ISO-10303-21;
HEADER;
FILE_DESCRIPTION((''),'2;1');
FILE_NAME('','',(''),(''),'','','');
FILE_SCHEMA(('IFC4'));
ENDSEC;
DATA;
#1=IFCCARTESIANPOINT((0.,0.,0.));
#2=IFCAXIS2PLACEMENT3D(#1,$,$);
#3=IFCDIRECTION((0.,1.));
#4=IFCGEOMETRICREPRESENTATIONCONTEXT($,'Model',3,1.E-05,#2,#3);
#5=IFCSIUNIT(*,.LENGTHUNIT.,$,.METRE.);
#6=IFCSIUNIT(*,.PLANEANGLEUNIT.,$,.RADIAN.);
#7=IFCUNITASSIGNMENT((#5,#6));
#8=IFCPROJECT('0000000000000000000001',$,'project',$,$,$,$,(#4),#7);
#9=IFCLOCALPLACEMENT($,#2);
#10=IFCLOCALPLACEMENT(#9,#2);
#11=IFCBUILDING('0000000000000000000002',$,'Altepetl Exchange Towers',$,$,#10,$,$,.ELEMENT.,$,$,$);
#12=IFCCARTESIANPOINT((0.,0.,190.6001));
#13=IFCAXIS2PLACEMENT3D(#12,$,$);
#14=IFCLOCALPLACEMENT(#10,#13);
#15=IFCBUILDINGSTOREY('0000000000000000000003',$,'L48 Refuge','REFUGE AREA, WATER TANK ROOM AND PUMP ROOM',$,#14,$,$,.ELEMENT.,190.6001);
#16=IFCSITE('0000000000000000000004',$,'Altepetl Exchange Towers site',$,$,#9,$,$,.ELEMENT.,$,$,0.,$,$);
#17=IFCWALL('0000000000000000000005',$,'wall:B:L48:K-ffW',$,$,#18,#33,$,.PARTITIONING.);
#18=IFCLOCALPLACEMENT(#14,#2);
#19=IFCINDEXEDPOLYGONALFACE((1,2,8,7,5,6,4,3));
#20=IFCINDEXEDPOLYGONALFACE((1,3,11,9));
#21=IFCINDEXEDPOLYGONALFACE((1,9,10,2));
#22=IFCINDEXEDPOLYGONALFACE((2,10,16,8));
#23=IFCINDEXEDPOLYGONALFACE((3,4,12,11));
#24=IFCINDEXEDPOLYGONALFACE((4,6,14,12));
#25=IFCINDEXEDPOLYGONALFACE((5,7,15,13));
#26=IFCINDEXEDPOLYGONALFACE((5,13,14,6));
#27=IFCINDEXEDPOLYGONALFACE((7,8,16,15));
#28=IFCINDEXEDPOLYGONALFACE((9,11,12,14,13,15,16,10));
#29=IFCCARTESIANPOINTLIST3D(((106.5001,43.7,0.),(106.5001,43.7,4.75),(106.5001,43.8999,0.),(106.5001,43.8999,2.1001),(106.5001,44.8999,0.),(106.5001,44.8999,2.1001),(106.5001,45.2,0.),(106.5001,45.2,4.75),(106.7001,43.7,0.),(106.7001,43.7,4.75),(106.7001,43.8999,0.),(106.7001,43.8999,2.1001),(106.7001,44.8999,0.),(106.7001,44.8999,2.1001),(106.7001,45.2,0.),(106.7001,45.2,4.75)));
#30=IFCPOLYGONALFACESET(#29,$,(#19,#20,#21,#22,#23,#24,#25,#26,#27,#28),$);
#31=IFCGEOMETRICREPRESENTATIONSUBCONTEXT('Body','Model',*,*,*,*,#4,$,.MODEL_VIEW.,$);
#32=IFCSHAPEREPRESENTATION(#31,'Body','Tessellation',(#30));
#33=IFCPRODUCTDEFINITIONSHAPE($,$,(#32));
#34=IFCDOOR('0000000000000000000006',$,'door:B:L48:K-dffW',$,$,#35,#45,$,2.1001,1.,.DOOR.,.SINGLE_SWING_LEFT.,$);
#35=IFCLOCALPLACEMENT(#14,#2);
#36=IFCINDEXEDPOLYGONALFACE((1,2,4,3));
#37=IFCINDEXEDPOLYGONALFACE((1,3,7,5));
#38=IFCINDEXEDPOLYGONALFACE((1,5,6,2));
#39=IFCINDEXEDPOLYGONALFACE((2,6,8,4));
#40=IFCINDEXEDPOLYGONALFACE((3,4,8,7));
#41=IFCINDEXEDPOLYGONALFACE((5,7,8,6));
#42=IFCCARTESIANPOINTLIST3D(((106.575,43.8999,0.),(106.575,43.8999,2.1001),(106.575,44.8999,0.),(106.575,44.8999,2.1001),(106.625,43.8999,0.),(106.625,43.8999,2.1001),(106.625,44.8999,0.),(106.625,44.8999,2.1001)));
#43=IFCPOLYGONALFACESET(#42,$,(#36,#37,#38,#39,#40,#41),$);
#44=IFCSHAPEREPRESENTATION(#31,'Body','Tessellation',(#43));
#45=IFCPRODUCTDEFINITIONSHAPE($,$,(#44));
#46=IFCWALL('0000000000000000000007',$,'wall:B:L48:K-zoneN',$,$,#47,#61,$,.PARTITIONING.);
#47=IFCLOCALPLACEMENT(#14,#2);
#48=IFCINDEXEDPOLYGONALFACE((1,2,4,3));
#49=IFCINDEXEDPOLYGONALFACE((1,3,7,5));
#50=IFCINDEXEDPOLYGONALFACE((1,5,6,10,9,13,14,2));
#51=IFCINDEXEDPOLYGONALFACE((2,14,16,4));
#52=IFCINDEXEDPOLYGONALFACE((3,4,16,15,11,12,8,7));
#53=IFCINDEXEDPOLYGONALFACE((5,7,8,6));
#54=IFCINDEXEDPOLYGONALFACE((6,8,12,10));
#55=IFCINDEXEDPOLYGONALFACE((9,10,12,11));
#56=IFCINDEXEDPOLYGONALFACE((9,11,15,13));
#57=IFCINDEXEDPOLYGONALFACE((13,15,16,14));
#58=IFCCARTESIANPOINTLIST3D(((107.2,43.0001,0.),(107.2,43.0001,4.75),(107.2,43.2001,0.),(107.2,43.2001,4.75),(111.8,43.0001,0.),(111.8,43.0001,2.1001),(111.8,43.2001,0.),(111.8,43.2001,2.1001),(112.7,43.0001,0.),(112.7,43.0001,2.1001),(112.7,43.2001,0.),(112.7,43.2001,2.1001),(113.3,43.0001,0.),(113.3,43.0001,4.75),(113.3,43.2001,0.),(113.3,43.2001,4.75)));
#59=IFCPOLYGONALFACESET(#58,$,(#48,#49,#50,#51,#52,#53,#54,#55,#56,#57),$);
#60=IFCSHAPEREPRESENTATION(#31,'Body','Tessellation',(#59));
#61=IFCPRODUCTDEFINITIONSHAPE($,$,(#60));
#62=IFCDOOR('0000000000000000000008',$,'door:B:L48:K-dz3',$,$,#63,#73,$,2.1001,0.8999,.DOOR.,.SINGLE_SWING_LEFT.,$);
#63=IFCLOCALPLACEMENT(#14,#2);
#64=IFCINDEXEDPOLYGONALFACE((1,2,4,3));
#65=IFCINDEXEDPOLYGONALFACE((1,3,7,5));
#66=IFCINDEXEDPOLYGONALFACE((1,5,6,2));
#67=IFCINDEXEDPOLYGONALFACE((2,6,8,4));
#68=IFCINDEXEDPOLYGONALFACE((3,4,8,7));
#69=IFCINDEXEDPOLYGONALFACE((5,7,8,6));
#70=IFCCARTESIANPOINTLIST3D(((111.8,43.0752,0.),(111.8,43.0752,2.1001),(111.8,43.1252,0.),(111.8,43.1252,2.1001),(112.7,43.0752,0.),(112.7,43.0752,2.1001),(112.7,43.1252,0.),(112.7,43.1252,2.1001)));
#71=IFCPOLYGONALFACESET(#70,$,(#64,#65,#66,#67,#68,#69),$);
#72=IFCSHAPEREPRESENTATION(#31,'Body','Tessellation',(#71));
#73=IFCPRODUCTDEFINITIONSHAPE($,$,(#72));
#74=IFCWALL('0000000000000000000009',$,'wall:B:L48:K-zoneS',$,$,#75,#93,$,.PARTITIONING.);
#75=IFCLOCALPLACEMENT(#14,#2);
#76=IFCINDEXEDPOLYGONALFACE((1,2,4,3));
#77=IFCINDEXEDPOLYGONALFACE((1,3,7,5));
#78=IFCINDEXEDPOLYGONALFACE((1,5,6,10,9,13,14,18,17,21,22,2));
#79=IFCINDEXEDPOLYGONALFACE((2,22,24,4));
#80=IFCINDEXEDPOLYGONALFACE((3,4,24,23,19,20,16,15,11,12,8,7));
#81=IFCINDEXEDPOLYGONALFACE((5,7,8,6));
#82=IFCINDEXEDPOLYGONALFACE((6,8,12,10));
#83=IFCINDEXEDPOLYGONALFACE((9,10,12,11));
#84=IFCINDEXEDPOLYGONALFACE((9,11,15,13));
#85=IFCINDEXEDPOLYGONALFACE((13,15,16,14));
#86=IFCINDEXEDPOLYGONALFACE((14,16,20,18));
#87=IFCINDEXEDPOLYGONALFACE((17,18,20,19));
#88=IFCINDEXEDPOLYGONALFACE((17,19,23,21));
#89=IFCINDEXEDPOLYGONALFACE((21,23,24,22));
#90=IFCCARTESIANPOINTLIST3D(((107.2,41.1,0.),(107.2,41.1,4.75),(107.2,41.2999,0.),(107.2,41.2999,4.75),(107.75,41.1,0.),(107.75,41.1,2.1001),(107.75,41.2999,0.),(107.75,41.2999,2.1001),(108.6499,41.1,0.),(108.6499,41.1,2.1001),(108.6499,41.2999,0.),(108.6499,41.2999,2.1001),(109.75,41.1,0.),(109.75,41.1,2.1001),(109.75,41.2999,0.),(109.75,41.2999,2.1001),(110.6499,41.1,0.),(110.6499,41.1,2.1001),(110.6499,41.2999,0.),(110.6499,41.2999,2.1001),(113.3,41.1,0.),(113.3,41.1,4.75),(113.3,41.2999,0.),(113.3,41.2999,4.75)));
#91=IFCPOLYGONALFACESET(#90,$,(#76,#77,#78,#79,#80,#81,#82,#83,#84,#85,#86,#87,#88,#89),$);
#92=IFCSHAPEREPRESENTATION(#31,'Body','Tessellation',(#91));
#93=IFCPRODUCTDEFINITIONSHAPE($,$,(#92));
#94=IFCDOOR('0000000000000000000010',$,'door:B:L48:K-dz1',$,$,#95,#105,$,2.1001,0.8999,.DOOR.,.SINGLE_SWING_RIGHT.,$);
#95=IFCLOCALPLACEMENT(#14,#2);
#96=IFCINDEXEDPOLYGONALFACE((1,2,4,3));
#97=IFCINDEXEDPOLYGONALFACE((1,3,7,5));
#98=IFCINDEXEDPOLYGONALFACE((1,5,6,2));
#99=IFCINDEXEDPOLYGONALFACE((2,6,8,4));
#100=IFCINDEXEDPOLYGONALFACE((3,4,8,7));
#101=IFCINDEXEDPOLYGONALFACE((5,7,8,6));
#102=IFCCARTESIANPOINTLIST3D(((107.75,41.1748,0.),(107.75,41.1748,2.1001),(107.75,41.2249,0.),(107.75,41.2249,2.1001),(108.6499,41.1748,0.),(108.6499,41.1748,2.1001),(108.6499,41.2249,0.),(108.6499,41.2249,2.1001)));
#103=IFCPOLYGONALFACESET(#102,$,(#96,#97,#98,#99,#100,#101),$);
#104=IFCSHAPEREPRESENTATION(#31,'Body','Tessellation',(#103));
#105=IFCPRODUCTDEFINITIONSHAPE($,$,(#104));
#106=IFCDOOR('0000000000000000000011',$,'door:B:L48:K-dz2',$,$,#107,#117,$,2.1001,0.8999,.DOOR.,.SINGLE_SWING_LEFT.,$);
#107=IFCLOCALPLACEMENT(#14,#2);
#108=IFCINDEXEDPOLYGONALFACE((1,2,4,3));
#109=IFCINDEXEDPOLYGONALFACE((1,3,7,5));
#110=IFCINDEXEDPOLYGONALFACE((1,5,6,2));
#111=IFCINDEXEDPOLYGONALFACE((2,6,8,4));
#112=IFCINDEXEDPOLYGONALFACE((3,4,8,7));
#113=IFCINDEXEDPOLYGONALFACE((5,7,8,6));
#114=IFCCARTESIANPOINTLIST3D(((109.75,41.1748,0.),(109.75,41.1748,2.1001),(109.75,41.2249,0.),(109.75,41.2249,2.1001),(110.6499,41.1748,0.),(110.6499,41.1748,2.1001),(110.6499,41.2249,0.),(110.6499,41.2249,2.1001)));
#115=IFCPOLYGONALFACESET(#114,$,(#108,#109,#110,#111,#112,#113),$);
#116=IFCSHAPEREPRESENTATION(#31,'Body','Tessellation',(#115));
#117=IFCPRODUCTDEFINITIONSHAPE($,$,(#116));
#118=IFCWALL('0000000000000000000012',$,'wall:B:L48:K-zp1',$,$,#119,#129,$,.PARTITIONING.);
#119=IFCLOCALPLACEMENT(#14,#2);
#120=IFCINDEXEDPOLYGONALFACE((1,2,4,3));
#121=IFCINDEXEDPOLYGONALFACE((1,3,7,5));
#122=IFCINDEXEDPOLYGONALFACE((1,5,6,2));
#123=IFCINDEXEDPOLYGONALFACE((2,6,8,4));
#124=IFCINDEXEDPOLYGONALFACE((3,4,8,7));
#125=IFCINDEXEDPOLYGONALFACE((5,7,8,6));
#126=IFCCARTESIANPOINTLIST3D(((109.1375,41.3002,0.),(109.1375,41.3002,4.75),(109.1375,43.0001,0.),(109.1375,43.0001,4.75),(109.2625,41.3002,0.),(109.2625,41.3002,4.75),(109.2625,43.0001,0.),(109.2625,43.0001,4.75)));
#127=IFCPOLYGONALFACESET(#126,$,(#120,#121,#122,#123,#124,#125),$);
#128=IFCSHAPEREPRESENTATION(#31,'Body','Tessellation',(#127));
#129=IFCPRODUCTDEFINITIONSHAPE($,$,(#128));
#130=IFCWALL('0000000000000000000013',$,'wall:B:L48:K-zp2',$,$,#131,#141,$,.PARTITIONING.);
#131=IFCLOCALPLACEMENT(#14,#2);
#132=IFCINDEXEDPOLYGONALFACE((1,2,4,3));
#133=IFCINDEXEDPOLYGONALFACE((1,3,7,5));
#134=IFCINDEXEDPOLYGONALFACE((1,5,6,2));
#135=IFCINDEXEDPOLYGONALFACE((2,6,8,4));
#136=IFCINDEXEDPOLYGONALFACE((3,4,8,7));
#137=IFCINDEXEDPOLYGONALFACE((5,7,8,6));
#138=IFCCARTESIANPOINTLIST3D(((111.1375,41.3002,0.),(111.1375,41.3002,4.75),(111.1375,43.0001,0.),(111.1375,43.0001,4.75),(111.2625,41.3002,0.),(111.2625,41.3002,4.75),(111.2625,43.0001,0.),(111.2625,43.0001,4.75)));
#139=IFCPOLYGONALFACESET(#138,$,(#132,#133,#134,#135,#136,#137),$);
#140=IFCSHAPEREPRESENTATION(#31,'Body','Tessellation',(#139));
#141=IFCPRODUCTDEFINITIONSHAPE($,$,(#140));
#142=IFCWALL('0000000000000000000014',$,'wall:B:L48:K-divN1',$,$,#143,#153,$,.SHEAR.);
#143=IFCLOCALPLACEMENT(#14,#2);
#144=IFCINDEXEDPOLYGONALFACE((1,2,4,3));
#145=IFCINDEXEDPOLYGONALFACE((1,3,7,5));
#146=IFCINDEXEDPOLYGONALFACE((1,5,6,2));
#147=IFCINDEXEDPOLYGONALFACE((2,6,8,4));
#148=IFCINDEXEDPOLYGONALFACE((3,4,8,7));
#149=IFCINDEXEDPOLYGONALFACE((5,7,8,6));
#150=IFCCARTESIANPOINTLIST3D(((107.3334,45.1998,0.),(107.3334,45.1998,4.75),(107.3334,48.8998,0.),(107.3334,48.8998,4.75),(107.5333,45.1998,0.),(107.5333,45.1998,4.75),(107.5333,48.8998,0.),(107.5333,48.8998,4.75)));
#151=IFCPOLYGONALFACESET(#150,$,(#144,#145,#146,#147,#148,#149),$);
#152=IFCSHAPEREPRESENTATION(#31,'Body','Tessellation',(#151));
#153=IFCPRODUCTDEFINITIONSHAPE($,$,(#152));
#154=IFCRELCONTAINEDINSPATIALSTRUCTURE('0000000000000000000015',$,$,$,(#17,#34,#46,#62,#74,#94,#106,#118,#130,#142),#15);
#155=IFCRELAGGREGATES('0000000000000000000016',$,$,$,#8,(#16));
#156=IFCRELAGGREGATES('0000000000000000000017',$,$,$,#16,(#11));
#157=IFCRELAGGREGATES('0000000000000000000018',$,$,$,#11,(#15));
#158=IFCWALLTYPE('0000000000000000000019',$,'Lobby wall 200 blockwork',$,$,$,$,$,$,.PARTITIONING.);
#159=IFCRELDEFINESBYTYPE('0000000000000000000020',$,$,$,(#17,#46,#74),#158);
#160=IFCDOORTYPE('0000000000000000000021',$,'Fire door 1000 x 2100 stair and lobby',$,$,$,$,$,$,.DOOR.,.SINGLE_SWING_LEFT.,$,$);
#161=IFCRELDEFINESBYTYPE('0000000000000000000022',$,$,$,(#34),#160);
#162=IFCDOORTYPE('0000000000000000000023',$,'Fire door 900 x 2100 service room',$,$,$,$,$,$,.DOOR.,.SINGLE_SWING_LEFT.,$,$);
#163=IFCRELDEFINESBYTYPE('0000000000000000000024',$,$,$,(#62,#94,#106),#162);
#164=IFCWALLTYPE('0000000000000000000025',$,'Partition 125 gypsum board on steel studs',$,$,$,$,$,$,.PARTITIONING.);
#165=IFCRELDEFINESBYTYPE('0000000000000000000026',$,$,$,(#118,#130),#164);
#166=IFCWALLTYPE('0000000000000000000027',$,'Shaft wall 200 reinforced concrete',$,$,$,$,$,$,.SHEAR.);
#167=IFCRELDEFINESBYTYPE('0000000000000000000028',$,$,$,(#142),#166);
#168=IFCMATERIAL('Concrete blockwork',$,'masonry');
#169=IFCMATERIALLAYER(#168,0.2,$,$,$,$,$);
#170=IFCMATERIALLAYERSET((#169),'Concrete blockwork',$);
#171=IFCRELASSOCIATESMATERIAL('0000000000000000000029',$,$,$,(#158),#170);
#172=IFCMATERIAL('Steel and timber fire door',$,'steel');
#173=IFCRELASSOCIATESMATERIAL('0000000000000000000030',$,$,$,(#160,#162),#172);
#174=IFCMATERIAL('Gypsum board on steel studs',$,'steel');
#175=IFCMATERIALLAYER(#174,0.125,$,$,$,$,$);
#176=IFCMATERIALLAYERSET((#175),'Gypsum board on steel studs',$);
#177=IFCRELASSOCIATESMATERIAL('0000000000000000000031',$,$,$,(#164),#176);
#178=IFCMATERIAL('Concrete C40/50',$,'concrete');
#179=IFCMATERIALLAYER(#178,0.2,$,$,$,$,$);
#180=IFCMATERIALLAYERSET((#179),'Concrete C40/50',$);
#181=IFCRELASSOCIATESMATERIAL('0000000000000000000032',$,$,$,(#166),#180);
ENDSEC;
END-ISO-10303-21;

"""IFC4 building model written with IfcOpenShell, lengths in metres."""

from ifc_helpers import new_model, si_unit, direction, frame, frame_2d, origin, place, context, subcontext, project, spatial, rectangle, extrude, material, layer, layer_set, type_object, element, fill, save


model = new_model("IFC4")

# Units and contexts
model_context = context("Model", 3, precision=1e-05, world=origin(), true_north=direction((0.0, 1.0)))
body_context = subcontext(model_context, "Body", "Model", "MODEL_VIEW")
ifc_project = project(units=[si_unit("LENGTHUNIT", "METRE"), si_unit("PLANEANGLEUNIT", "RADIAN")], contexts=[model_context])

# Site, building, storey
site_placement = place(None, origin())
site = spatial("IfcSite", under=ifc_project, at=site_placement, Name="Altepetl Exchange Towers site", CompositionType="ELEMENT", RefElevation=0.0)
building_placement = place(site_placement, origin())
building = spatial("IfcBuilding", under=site, at=building_placement, Name="Altepetl Exchange Towers", CompositionType="ELEMENT")
storey_placement = place(building_placement, frame((0.0, 0.0, 190.6001)))
storey = spatial("IfcBuildingStorey", under=building, at=storey_placement, Name="L48 Refuge", Description="REFUGE AREA, WATER TANK ROOM AND PUMP ROOM", CompositionType="ELEMENT", Elevation=190.6001)

# Walls, openings, doors
ifc_material_1 = material(Name="Concrete blockwork", Category="masonry")
ifc_layer_1 = layer(ifc_material_1, 0.2)
ifc_layer_set_1 = layer_set([ifc_layer_1], Name="Concrete blockwork")
wall_type_1 = type_object("IfcWallType", Name="Lobby wall 200 blockwork", PredefinedType="PARTITIONING", material=ifc_layer_set_1)
wall_1_placement = place(storey_placement, frame((106.6001, 43.7, 0.0), z_axis=(0.0, 0.0, 1.0), x_axis=(0.0, 1.0, 0.0)))
wall_1 = element("IfcWall", 1, at=wall_1_placement, inside=storey, type_object=wall_type_1, Name="wall:B:L48:K-ffW", PredefinedType="PARTITIONING", context=body_context, shape_type="SweptSolid", body=[
    extrude(rectangle(XDim=1.5, YDim=0.2, at=frame_2d((0.75, 0.0))), origin(), (0.0, 0.0, 1.0), 4.75),
])
opening_1_placement = place(wall_1_placement, frame((0.2, 0.0, 0.0)))
opening_1 = element("IfcOpeningElement", 2, at=opening_1_placement, cuts=wall_1, PredefinedType="OPENING", context=body_context, shape_type="SweptSolid", body=[
    extrude(rectangle(XDim=1.0, YDim=2.1001, at=frame_2d((0.5, 1.05))), frame((0.0, 0.1099, 0.0), z_axis=(0.0, -1.0, 0.0), x_axis=(1.0, 0.0, 0.0)), (0.0, 0.0, 1.0), 0.22),
])
ifc_material_2 = material(Name="Steel and timber fire door", Category="steel")
door_type_1 = type_object("IfcDoorType", Name="Fire door 1000 x 2100 stair and lobby", OperationType="SINGLE_SWING_LEFT", PredefinedType="DOOR", material=ifc_material_2)
door_1_placement = place(opening_1_placement, frame((1.0, 0.0, 0.0), x_axis=(-1.0, 0.0, 0.0)))
door_1 = element("IfcDoor", 3, at=door_1_placement, inside=storey, type_object=door_type_1, Name="door:B:L48:K-dffW", OperationType="SINGLE_SWING_LEFT", OverallHeight=2.1001, OverallWidth=1.0, PredefinedType="DOOR", context=body_context, shape_type="SweptSolid", body=[
    extrude(rectangle(XDim=1.0, YDim=2.1001, at=frame_2d((0.5, 1.05))), frame((0.0, 0.0249, 0.0), z_axis=(0.0, -1.0, 0.0), x_axis=(1.0, 0.0, 0.0)), (0.0, 0.0, 1.0), 0.05),
])
fill(opening_1, door_1)
wall_2_placement = place(storey_placement, frame((107.2, 43.1001, 0.0)))
wall_2 = element("IfcWall", 4, at=wall_2_placement, inside=storey, type_object=wall_type_1, Name="wall:B:L48:K-zoneN", PredefinedType="PARTITIONING", context=body_context, shape_type="SweptSolid", body=[
    extrude(rectangle(XDim=6.1001, YDim=0.2, at=frame_2d((3.05, 0.0))), origin(), (0.0, 0.0, 1.0), 4.75),
])
opening_2_placement = place(wall_2_placement, frame((4.6001, 0.0, 0.0)))
opening_2 = element("IfcOpeningElement", 5, at=opening_2_placement, cuts=wall_2, PredefinedType="OPENING", context=body_context, shape_type="SweptSolid", body=[
    extrude(rectangle(XDim=0.8999, YDim=2.1001, at=frame_2d((0.45, 1.05))), frame((0.0, 0.1099, 0.0), z_axis=(0.0, -1.0, 0.0), x_axis=(1.0, 0.0, 0.0)), (0.0, 0.0, 1.0), 0.22),
])
door_type_2 = type_object("IfcDoorType", Name="Fire door 900 x 2100 service room", OperationType="SINGLE_SWING_LEFT", PredefinedType="DOOR", material=ifc_material_2)
door_2_placement = place(opening_2_placement, frame((0.8999, 0.0, 0.0), x_axis=(-1.0, 0.0, 0.0)))
door_2 = element("IfcDoor", 6, at=door_2_placement, inside=storey, type_object=door_type_2, Name="door:B:L48:K-dz3", OperationType="SINGLE_SWING_LEFT", OverallHeight=2.1001, OverallWidth=0.8999, PredefinedType="DOOR", context=body_context, shape_type="SweptSolid", body=[
    extrude(rectangle(XDim=0.8999, YDim=2.1001, at=frame_2d((0.45, 1.05))), frame((0.0, 0.0249, 0.0), z_axis=(0.0, -1.0, 0.0), x_axis=(1.0, 0.0, 0.0)), (0.0, 0.0, 1.0), 0.05),
])
fill(opening_2, door_2)

# Wall, openings, doors
wall_3_placement = place(storey_placement, frame((107.2, 41.2, 0.0)))
wall_3 = element("IfcWall", 7, at=wall_3_placement, inside=storey, type_object=wall_type_1, Name="wall:B:L48:K-zoneS", PredefinedType="PARTITIONING", context=body_context, shape_type="SweptSolid", body=[
    extrude(rectangle(XDim=6.1001, YDim=0.2, at=frame_2d((3.05, 0.0))), origin(), (0.0, 0.0, 1.0), 4.75),
])
opening_3_placement = place(wall_3_placement, frame((0.55, 0.0, 0.0)))
opening_3 = element("IfcOpeningElement", 8, at=opening_3_placement, cuts=wall_3, PredefinedType="OPENING", context=body_context, shape_type="SweptSolid", body=[
    extrude(rectangle(XDim=0.8999, YDim=2.1001, at=frame_2d((0.45, 1.05))), frame((0.0, 0.1099, 0.0), z_axis=(0.0, -1.0, 0.0), x_axis=(1.0, 0.0, 0.0)), (0.0, 0.0, 1.0), 0.22),
])
opening_4_placement = place(wall_3_placement, frame((2.55, 0.0, 0.0)))
opening_4 = element("IfcOpeningElement", 9, at=opening_4_placement, cuts=wall_3, PredefinedType="OPENING", context=body_context, shape_type="SweptSolid", body=[
    extrude(rectangle(XDim=0.8999, YDim=2.1001, at=frame_2d((0.45, 1.05))), frame((0.0, 0.1099, 0.0), z_axis=(0.0, -1.0, 0.0), x_axis=(1.0, 0.0, 0.0)), (0.0, 0.0, 1.0), 0.22),
])
door_3_placement = place(opening_3_placement, origin())
door_3 = element("IfcDoor", 10, at=door_3_placement, inside=storey, type_object=door_type_2, Name="door:B:L48:K-dz1", OperationType="SINGLE_SWING_RIGHT", OverallHeight=2.1001, OverallWidth=0.8999, PredefinedType="DOOR", context=body_context, shape_type="SweptSolid", body=[
    extrude(rectangle(XDim=0.8999, YDim=2.1001, at=frame_2d((0.45, 1.05))), frame((0.0, 0.0249, 0.0), z_axis=(0.0, -1.0, 0.0), x_axis=(1.0, 0.0, 0.0)), (0.0, 0.0, 1.0), 0.05),
])
fill(opening_3, door_3)
door_4_placement = place(opening_4_placement, origin())
door_4 = element("IfcDoor", 11, at=door_4_placement, inside=storey, type_object=door_type_2, Name="door:B:L48:K-dz2", OperationType="SINGLE_SWING_LEFT", OverallHeight=2.1001, OverallWidth=0.8999, PredefinedType="DOOR", context=body_context, shape_type="SweptSolid", body=[
    extrude(rectangle(XDim=0.8999, YDim=2.1001, at=frame_2d((0.45, 1.05))), frame((0.0, 0.0249, 0.0), z_axis=(0.0, -1.0, 0.0), x_axis=(1.0, 0.0, 0.0)), (0.0, 0.0, 1.0), 0.05),
])
fill(opening_4, door_4)

# Walls
ifc_material_3 = material(Name="Gypsum board on steel studs", Category="steel")
ifc_layer_2 = layer(ifc_material_3, 0.125)
ifc_layer_set_2 = layer_set([ifc_layer_2], Name="Gypsum board on steel studs")
wall_type_2 = type_object("IfcWallType", Name="Partition 125 gypsum board on steel studs", PredefinedType="PARTITIONING", material=ifc_layer_set_2)
for number, where, z_axis, x_axis, name in (
    (12, (109.2, 41.3, 0.0), (0.0, 0.0, 1.0), (0.0, 1.0, 0.0), "wall:B:L48:K-zp1"),
    (13, (111.2, 41.3, 0.0), (0.0, 0.0, 1.0), (0.0, 1.0, 0.0), "wall:B:L48:K-zp2"),
):
    element("IfcWall", number, at=place(storey_placement, frame(where, z_axis=z_axis, x_axis=x_axis)), inside=storey, type_object=wall_type_2, Name=name, PredefinedType="PARTITIONING", context=body_context, shape_type="SweptSolid", body=[
        extrude(rectangle(XDim=1.7, YDim=0.125, at=frame_2d((0.8501, 0.0))), origin(), (0.0, 0.0, 1.0), 4.75),
    ])
ifc_material_4 = material(Name="Concrete C40/50", Category="concrete")
ifc_layer_3 = layer(ifc_material_4, 0.2)
ifc_layer_set_3 = layer_set([ifc_layer_3], Name="Concrete C40/50")
wall_type_3 = type_object("IfcWallType", Name="Shaft wall 200 reinforced concrete", PredefinedType="SHEAR", material=ifc_layer_set_3)
wall_4_placement = place(storey_placement, frame((107.4333, 48.8999, 0.0), z_axis=(0.0, 0.0, 1.0), x_axis=(0.0, -1.0, 0.0)))
element("IfcWall", 14, at=wall_4_placement, inside=storey, type_object=wall_type_3, Name="wall:B:L48:K-divN1", PredefinedType="SHEAR", context=body_context, shape_type="SweptSolid", body=[
    extrude(rectangle(XDim=3.7, YDim=0.2, at=frame_2d((1.8501, 0.0))), origin(), (0.0, 0.0, 1.0), 4.75),
])

save(model, "model.ifc")
